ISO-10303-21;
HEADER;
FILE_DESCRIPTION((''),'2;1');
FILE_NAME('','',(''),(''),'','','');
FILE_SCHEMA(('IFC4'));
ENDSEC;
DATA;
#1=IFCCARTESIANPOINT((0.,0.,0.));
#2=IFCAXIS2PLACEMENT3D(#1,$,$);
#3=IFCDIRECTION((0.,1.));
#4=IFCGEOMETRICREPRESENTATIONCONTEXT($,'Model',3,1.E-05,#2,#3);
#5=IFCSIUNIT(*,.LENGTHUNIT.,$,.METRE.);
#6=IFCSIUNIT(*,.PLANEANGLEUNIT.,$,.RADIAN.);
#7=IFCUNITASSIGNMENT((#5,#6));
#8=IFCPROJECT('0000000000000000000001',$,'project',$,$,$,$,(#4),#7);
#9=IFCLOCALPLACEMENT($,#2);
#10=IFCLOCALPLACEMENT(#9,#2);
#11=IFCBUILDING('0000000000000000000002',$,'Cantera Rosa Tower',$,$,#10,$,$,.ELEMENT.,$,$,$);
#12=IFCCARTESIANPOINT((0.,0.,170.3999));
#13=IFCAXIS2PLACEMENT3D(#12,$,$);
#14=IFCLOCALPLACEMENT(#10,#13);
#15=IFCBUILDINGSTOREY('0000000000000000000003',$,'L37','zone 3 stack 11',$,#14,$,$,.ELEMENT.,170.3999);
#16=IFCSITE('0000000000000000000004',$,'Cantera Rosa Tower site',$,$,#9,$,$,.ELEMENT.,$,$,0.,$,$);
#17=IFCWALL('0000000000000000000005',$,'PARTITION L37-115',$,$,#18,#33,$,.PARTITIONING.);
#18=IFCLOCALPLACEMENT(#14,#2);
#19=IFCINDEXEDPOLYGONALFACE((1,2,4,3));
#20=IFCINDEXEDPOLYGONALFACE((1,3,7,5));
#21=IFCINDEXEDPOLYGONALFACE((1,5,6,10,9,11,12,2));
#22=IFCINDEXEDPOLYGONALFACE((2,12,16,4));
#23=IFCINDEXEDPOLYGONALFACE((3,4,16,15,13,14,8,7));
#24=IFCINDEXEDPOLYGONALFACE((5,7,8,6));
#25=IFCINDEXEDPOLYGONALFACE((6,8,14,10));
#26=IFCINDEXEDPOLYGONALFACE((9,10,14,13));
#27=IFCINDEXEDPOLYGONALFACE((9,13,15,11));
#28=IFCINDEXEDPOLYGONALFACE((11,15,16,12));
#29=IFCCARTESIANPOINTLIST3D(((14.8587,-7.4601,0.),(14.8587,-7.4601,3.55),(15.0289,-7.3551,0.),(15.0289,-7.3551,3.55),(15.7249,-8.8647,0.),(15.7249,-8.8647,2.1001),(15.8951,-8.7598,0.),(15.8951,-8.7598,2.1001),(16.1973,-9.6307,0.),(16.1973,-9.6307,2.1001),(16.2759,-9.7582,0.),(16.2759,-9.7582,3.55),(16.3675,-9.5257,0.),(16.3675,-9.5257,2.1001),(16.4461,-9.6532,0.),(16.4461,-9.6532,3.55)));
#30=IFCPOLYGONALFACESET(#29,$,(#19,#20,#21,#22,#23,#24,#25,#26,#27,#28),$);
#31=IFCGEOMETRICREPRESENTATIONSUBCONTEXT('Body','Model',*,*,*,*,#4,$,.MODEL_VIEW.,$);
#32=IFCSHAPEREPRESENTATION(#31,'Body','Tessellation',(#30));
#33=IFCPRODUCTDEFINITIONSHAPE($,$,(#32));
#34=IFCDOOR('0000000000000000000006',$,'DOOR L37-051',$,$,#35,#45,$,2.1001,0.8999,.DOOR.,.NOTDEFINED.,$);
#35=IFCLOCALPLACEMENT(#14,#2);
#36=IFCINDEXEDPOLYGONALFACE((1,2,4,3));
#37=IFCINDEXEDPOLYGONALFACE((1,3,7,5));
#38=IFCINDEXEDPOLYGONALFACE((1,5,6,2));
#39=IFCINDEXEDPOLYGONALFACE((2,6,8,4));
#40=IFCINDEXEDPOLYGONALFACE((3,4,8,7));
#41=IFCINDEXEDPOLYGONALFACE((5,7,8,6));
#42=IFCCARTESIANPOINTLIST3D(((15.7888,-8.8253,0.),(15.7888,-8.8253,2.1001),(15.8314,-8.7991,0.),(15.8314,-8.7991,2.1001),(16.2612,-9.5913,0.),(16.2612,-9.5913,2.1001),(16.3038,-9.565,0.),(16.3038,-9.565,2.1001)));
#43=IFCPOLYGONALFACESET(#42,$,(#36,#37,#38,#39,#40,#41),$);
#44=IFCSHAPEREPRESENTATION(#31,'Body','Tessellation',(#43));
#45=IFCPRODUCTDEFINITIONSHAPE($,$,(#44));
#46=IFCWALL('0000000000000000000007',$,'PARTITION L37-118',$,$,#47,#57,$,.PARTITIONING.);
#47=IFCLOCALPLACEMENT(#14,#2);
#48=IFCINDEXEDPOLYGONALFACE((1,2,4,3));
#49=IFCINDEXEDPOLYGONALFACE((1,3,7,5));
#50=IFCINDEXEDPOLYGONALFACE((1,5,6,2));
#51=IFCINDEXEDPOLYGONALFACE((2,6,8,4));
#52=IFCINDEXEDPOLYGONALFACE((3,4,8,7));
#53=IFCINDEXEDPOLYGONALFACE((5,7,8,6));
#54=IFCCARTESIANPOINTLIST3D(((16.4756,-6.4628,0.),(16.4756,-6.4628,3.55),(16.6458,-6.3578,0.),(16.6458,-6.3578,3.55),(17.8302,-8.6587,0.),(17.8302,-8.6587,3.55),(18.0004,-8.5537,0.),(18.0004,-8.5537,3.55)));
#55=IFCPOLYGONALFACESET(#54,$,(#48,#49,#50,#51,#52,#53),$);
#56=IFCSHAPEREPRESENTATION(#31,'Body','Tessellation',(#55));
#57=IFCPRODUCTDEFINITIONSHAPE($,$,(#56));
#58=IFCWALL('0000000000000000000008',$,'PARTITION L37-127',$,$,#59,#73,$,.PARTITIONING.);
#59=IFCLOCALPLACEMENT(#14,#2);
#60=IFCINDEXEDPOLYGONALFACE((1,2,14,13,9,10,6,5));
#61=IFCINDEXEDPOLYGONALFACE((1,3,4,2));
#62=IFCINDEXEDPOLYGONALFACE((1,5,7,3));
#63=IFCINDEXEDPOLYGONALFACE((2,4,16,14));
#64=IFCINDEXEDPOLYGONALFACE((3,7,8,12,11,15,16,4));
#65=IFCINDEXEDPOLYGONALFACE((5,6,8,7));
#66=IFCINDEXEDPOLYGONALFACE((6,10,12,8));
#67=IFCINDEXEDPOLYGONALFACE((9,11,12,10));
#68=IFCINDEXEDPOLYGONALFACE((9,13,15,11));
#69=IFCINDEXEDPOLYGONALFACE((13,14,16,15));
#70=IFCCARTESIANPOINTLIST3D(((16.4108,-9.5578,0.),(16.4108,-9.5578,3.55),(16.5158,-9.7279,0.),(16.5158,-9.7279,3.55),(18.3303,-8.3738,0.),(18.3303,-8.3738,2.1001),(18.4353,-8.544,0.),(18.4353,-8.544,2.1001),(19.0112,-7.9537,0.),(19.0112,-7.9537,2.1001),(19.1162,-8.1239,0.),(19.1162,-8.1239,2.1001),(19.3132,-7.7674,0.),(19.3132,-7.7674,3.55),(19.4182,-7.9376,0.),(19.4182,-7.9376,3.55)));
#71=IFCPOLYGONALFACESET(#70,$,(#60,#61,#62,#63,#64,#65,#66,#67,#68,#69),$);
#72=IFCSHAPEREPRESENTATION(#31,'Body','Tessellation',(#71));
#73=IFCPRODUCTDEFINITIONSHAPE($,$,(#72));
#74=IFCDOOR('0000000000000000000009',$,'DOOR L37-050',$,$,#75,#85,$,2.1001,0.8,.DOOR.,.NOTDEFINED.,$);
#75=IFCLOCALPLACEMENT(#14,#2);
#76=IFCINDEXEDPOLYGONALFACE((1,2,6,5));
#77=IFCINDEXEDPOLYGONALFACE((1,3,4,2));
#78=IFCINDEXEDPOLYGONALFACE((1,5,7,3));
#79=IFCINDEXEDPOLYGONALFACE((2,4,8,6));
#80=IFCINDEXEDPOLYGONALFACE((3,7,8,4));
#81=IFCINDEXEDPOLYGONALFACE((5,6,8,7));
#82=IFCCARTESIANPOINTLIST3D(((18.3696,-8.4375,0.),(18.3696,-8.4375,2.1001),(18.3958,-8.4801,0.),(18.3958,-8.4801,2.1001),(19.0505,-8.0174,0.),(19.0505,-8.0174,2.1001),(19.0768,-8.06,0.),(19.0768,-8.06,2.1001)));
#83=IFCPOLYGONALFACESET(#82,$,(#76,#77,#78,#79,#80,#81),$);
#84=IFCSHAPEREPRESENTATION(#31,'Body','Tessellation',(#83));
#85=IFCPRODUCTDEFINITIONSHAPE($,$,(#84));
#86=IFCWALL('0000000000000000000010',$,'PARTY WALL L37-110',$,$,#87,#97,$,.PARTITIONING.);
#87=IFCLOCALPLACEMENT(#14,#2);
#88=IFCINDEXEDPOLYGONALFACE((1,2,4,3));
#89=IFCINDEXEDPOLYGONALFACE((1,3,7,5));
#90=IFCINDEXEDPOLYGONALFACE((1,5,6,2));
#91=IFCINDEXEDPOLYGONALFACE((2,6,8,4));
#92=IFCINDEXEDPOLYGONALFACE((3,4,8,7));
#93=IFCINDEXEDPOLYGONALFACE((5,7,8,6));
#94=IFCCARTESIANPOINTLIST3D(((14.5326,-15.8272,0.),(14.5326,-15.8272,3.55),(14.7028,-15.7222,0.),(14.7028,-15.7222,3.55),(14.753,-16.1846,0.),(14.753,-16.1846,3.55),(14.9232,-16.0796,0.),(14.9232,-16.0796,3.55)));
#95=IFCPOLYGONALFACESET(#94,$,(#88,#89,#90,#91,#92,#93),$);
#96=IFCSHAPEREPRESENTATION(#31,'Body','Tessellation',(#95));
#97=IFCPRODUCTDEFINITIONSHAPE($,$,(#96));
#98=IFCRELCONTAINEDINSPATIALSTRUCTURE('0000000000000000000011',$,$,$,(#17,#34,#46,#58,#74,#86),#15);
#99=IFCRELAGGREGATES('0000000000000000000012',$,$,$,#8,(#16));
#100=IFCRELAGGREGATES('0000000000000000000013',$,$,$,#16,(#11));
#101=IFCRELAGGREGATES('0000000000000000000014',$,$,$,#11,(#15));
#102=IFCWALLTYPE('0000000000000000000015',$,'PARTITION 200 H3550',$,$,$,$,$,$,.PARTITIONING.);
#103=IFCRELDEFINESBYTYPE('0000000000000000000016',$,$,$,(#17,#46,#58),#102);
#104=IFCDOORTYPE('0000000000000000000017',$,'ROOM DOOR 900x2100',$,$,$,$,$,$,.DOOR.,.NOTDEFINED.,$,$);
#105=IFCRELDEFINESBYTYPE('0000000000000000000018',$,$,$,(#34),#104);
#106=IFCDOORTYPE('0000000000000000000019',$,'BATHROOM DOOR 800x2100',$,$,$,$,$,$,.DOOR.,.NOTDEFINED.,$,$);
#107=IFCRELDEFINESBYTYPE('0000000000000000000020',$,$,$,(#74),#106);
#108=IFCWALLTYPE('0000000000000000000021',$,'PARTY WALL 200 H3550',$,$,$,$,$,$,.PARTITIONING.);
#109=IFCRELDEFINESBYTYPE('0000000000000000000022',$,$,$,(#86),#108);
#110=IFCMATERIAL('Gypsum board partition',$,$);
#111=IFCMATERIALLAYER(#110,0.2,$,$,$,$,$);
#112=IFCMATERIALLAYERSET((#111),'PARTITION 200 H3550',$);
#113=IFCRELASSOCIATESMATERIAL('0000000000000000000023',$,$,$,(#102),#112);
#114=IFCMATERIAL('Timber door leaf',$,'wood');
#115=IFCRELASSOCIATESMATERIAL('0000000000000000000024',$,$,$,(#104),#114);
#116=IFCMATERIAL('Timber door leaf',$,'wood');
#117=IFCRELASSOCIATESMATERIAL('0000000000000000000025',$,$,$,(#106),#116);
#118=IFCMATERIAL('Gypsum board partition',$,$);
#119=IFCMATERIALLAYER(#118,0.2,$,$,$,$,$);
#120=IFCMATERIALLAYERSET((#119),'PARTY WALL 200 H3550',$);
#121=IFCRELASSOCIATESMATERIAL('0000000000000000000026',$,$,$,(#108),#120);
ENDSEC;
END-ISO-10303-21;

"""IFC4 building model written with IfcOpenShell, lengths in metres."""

from ifc_helpers import new_model, si_unit, direction, frame, frame_2d, origin, place, context, subcontext, project, spatial, rectangle, extrude, material, layer, layer_set, type_object, element, fill, save


model = new_model("IFC4")

# Units and contexts
model_context = context("Model", 3, precision=1e-05, world=origin(), true_north=direction((0.0, 1.0)))
body_context = subcontext(model_context, "Body", "Model", "MODEL_VIEW")
ifc_project = project(units=[si_unit("LENGTHUNIT", "METRE"), si_unit("PLANEANGLEUNIT", "RADIAN")], contexts=[model_context])

# Site, building, storey
site_placement = place(None, origin())
site = spatial("IfcSite", under=ifc_project, at=site_placement, Name="Cantera Rosa Tower site", CompositionType="ELEMENT", RefElevation=0.0)
building_placement = place(site_placement, origin())
building = spatial("IfcBuilding", under=site, at=building_placement, Name="Cantera Rosa Tower", CompositionType="ELEMENT")
storey_placement = place(building_placement, frame((0.0, 0.0, 170.3999)))
storey = spatial("IfcBuildingStorey", under=building, at=storey_placement, Name="L37", Description="zone 3 stack 11", CompositionType="ELEMENT", Elevation=170.3999)

# Wall, opening, door
ifc_material_1 = material(Name="Gypsum board partition")
ifc_layer_1 = layer(ifc_material_1, 0.2)
ifc_layer_set_1 = layer_set([ifc_layer_1], Name="PARTITION 200 H3550")
wall_type_1 = type_object("IfcWallType", Name="PARTITION 200 H3550", PredefinedType="PARTITIONING", material=ifc_layer_set_1)
wall_1_placement = place(storey_placement, frame((16.3611, -9.7058, 0.0), z_axis=(0.0, 0.0, 1.0), x_axis=(-0.524909, 0.851158, 0.0)))
wall_1 = element("IfcWall", 1, at=wall_1_placement, inside=storey, type_object=wall_type_1, Name="PARTITION L37-115", PredefinedType="PARTITIONING", context=body_context, shape_type="SweptSolid", body=[
    extrude(rectangle(XDim=2.7, YDim=0.2, at=frame_2d((1.3501, 0.0))), origin(), (0.0, 0.0, 1.0), 3.55),
])
opening_1_placement = place(wall_1_placement, frame((0.1499, 0.0, 0.0)))
opening_1 = element("IfcOpeningElement", 2, at=opening_1_placement, cuts=wall_1, PredefinedType="OPENING", context=body_context, shape_type="SweptSolid", body=[
    extrude(rectangle(XDim=0.8999, YDim=2.1001, at=frame_2d((0.45, 1.05))), frame((0.0, 0.1099, 0.0), z_axis=(0.0, -1.0, 0.0), x_axis=(1.0, 0.0, 0.0)), (0.0, 0.0, 1.0), 0.22),
])
ifc_material_2 = material(Name="Timber door leaf", Category="wood")
door_type_1 = type_object("IfcDoorType", Name="ROOM DOOR 900x2100", OperationType="NOTDEFINED", PredefinedType="DOOR", material=ifc_material_2)
door_1_placement = place(opening_1_placement, origin())
door_1 = element("IfcDoor", 3, at=door_1_placement, inside=storey, type_object=door_type_1, Name="DOOR L37-051", OperationType="NOTDEFINED", OverallHeight=2.1001, OverallWidth=0.8999, PredefinedType="DOOR", context=body_context, shape_type="SweptSolid", body=[
    extrude(rectangle(XDim=0.8999, YDim=2.1001, at=frame_2d((0.45, 1.05))), frame((0.0, 0.0249, 0.0), z_axis=(0.0, -1.0, 0.0), x_axis=(1.0, 0.0, 0.0)), (0.0, 0.0, 1.0), 0.05),
])
fill(opening_1, door_1)

# Wall
wall_2_placement = place(storey_placement, frame((17.9153, -8.6062, 0.0), z_axis=(0.0, 0.0, 1.0), x_axis=(-0.525005, 0.851099, 0.0)))
element("IfcWall", 4, at=wall_2_placement, inside=storey, type_object=wall_type_1, Name="PARTITION L37-118", PredefinedType="PARTITIONING", context=body_context, shape_type="SweptSolid", body=[
    extrude(rectangle(XDim=2.5801, YDim=0.2, at=frame_2d((1.29, 0.0))), origin(), (0.0, 0.0, 1.0), 3.55),
])

# Wall, opening, door
wall_3_placement = place(storey_placement, frame((19.3657, -7.8525, 0.0), z_axis=(0.0, 0.0, 1.0), x_axis=(-0.851105, -0.524996, 0.0)))
wall_3 = element("IfcWall", 5, at=wall_3_placement, inside=storey, type_object=wall_type_1, Name="PARTITION L37-127", PredefinedType="PARTITIONING", context=body_context, shape_type="SweptSolid", body=[
    extrude(rectangle(XDim=3.4102, YDim=0.2, at=frame_2d((1.7051, 0.0))), origin(), (0.0, 0.0, 1.0), 3.55),
])
opening_2_placement = place(wall_3_placement, frame((0.355, 0.0, 0.0)))
opening_2 = element("IfcOpeningElement", 6, at=opening_2_placement, cuts=wall_3, PredefinedType="OPENING", context=body_context, shape_type="SweptSolid", body=[
    extrude(rectangle(XDim=0.8, YDim=2.1001, at=frame_2d((0.3999, 1.05))), frame((0.0, 0.1099, 0.0), z_axis=(0.0, -1.0, 0.0), x_axis=(1.0, 0.0, 0.0)), (0.0, 0.0, 1.0), 0.22),
])
ifc_material_3 = material(Name="Timber door leaf", Category="wood")
door_type_2 = type_object("IfcDoorType", Name="BATHROOM DOOR 800x2100", OperationType="NOTDEFINED", PredefinedType="DOOR", material=ifc_material_3)
door_2_placement = place(opening_2_placement, origin())
door_2 = element("IfcDoor", 7, at=door_2_placement, inside=storey, type_object=door_type_2, Name="DOOR L37-050", OperationType="NOTDEFINED", OverallHeight=2.1001, OverallWidth=0.8, PredefinedType="DOOR", context=body_context, shape_type="SweptSolid", body=[
    extrude(rectangle(XDim=0.8, YDim=2.1001, at=frame_2d((0.3999, 1.05))), frame((0.0, 0.0249, 0.0), z_axis=(0.0, -1.0, 0.0), x_axis=(1.0, 0.0, 0.0)), (0.0, 0.0, 1.0), 0.05),
])
fill(opening_2, door_2)

# Wall
ifc_material_4 = material(Name="Gypsum board partition")
ifc_layer_2 = layer(ifc_material_4, 0.2)
ifc_layer_set_2 = layer_set([ifc_layer_2], Name="PARTY WALL 200 H3550")
wall_type_2 = type_object("IfcWallType", Name="PARTY WALL 200 H3550", PredefinedType="PARTITIONING", material=ifc_layer_set_2)
wall_4_placement = place(storey_placement, frame((14.8381, -16.1321, 0.0), z_axis=(0.0, 0.0, 1.0), x_axis=(-0.524973, 0.851119, 0.0)))
element("IfcWall", 8, at=wall_4_placement, inside=storey, type_object=wall_type_2, Name="PARTY WALL L37-110", PredefinedType="PARTITIONING", context=body_context, shape_type="SweptSolid", body=[
    extrude(rectangle(XDim=0.4199, YDim=0.2, at=frame_2d((0.21, 0.0))), origin(), (0.0, 0.0, 1.0), 3.55),
])

save(model, "model.ifc")
